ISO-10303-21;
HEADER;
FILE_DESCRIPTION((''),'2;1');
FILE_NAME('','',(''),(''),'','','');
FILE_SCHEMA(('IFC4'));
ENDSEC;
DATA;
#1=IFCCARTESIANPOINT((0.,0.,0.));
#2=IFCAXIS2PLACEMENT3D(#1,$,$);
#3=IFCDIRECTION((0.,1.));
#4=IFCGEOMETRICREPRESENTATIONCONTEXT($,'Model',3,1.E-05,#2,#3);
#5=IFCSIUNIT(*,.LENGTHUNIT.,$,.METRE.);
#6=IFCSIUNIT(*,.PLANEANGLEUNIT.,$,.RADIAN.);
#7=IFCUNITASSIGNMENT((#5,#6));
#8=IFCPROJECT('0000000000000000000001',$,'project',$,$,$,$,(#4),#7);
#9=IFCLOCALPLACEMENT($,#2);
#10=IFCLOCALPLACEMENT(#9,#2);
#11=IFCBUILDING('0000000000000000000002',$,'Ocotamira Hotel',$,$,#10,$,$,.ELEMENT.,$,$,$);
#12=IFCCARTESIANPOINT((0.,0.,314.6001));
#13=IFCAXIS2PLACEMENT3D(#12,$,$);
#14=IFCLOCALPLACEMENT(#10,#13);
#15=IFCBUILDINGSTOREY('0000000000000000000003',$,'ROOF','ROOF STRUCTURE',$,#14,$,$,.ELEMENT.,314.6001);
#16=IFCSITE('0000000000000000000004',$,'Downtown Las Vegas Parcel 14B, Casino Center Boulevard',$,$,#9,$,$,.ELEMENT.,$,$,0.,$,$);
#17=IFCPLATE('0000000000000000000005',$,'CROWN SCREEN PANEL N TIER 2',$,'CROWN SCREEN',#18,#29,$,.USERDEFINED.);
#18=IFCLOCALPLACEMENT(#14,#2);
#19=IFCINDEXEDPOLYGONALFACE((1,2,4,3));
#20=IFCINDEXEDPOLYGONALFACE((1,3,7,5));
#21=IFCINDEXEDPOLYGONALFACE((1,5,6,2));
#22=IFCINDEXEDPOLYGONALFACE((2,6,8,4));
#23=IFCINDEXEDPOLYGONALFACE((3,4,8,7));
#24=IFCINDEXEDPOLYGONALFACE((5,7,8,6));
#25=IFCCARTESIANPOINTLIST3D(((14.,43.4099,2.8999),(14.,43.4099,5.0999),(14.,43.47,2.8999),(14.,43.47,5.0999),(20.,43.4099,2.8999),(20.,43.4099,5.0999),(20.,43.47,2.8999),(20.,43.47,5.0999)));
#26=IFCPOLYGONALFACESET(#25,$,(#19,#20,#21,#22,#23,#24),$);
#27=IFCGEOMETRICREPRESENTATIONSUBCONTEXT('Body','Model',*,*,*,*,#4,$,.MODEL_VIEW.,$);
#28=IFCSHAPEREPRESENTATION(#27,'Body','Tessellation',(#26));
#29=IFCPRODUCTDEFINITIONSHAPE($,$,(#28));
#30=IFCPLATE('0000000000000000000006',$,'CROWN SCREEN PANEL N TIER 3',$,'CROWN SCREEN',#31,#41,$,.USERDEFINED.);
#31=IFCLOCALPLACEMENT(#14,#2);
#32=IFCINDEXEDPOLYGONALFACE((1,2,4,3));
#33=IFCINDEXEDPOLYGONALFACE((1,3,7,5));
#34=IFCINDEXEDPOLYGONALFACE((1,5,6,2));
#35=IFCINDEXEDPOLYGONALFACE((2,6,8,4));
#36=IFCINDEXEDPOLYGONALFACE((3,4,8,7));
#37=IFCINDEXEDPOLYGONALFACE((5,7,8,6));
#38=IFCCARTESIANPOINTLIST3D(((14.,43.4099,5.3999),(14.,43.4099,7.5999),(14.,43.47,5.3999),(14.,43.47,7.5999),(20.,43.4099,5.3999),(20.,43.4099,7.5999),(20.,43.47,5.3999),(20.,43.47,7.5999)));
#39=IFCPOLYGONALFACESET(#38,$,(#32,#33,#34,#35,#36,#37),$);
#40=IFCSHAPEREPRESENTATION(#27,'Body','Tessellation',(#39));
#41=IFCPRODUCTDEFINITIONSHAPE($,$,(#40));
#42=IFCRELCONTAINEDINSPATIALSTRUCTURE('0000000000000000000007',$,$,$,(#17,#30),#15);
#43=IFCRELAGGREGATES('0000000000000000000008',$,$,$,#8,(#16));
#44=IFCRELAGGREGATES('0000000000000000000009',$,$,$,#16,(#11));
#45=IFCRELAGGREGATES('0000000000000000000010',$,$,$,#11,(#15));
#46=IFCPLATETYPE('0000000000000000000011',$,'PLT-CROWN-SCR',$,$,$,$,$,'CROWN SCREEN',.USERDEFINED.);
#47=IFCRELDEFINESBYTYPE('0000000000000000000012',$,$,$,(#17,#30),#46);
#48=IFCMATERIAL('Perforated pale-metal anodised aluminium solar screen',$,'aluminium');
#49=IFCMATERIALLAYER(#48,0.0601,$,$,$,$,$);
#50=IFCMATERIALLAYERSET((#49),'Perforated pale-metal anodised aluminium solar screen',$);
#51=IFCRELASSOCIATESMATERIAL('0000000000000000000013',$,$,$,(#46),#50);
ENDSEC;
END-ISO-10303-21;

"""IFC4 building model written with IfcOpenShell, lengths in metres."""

from ifc_helpers import new_model, si_unit, direction, frame, origin, origin_2d, place, context, subcontext, project, spatial, rectangle, extrude, source, transform, mapped, material, layer, layer_set, type_object, element, save


model = new_model("IFC4")

# Units and contexts
model_context = context("Model", 3, precision=1e-05, world=origin(), true_north=direction((0.0, 1.0)))
body_context = subcontext(model_context, "Body", "Model", "MODEL_VIEW")
ifc_project = project(units=[si_unit("LENGTHUNIT", "METRE"), si_unit("PLANEANGLEUNIT", "RADIAN")], contexts=[model_context])

# Site, building, storey
site_placement = place(None, origin())
site = spatial("IfcSite", under=ifc_project, at=site_placement, Name="Downtown Las Vegas Parcel 14B, Casino Center Boulevard", CompositionType="ELEMENT", RefElevation=0.0)
building_placement = place(site_placement, origin())
building = spatial("IfcBuilding", under=site, at=building_placement, Name="Ocotamira Hotel", CompositionType="ELEMENT")
storey_placement = place(building_placement, frame((0.0, 0.0, 314.6001)))
storey = spatial("IfcBuildingStorey", under=building, at=storey_placement, Name="ROOF", Description="ROOF STRUCTURE", CompositionType="ELEMENT", Elevation=314.6001)

# Plates
ifc_material_1 = material(Name="Perforated pale-metal anodised aluminium solar screen", Category="aluminium")
ifc_layer_1 = layer(ifc_material_1, 0.0601)
ifc_layer_set_1 = layer_set([ifc_layer_1], Name="Perforated pale-metal anodised aluminium solar screen")
plate_type_1 = type_object("IfcPlateType", Name="PLT-CROWN-SCR", ElementType="CROWN SCREEN", PredefinedType="USERDEFINED", material=ifc_layer_set_1)
shared_shape_1 = source(origin(), body_context, "Body", "SweptSolid", [
    extrude(rectangle(XDim=6.0, YDim=0.0601, at=origin_2d()), origin(), (0.0, 0.0, 1.0), 2.2),
])
for number, where, z_axis, x_axis, name in (
    (1, (17.0, 43.4399, 2.8999), (0.0, 0.0, 1.0), (1.0, 0.0, 0.0), "CROWN SCREEN PANEL N TIER 2"),
    (2, (17.0, 43.4399, 5.3999), (0.0, 0.0, 1.0), (1.0, 0.0, 0.0), "CROWN SCREEN PANEL N TIER 3"),
):
    element("IfcPlate", number, at=place(storey_placement, frame(where, z_axis=z_axis, x_axis=x_axis)), inside=storey, type_object=plate_type_1, Name=name, ObjectType="CROWN SCREEN", PredefinedType="USERDEFINED", context=body_context, shape_type="MappedRepresentation", body=[
        mapped(shared_shape_1, transform((0.0, 0.0, 0.0), scale=1.0)),
    ])

save(model, "model.ifc")
